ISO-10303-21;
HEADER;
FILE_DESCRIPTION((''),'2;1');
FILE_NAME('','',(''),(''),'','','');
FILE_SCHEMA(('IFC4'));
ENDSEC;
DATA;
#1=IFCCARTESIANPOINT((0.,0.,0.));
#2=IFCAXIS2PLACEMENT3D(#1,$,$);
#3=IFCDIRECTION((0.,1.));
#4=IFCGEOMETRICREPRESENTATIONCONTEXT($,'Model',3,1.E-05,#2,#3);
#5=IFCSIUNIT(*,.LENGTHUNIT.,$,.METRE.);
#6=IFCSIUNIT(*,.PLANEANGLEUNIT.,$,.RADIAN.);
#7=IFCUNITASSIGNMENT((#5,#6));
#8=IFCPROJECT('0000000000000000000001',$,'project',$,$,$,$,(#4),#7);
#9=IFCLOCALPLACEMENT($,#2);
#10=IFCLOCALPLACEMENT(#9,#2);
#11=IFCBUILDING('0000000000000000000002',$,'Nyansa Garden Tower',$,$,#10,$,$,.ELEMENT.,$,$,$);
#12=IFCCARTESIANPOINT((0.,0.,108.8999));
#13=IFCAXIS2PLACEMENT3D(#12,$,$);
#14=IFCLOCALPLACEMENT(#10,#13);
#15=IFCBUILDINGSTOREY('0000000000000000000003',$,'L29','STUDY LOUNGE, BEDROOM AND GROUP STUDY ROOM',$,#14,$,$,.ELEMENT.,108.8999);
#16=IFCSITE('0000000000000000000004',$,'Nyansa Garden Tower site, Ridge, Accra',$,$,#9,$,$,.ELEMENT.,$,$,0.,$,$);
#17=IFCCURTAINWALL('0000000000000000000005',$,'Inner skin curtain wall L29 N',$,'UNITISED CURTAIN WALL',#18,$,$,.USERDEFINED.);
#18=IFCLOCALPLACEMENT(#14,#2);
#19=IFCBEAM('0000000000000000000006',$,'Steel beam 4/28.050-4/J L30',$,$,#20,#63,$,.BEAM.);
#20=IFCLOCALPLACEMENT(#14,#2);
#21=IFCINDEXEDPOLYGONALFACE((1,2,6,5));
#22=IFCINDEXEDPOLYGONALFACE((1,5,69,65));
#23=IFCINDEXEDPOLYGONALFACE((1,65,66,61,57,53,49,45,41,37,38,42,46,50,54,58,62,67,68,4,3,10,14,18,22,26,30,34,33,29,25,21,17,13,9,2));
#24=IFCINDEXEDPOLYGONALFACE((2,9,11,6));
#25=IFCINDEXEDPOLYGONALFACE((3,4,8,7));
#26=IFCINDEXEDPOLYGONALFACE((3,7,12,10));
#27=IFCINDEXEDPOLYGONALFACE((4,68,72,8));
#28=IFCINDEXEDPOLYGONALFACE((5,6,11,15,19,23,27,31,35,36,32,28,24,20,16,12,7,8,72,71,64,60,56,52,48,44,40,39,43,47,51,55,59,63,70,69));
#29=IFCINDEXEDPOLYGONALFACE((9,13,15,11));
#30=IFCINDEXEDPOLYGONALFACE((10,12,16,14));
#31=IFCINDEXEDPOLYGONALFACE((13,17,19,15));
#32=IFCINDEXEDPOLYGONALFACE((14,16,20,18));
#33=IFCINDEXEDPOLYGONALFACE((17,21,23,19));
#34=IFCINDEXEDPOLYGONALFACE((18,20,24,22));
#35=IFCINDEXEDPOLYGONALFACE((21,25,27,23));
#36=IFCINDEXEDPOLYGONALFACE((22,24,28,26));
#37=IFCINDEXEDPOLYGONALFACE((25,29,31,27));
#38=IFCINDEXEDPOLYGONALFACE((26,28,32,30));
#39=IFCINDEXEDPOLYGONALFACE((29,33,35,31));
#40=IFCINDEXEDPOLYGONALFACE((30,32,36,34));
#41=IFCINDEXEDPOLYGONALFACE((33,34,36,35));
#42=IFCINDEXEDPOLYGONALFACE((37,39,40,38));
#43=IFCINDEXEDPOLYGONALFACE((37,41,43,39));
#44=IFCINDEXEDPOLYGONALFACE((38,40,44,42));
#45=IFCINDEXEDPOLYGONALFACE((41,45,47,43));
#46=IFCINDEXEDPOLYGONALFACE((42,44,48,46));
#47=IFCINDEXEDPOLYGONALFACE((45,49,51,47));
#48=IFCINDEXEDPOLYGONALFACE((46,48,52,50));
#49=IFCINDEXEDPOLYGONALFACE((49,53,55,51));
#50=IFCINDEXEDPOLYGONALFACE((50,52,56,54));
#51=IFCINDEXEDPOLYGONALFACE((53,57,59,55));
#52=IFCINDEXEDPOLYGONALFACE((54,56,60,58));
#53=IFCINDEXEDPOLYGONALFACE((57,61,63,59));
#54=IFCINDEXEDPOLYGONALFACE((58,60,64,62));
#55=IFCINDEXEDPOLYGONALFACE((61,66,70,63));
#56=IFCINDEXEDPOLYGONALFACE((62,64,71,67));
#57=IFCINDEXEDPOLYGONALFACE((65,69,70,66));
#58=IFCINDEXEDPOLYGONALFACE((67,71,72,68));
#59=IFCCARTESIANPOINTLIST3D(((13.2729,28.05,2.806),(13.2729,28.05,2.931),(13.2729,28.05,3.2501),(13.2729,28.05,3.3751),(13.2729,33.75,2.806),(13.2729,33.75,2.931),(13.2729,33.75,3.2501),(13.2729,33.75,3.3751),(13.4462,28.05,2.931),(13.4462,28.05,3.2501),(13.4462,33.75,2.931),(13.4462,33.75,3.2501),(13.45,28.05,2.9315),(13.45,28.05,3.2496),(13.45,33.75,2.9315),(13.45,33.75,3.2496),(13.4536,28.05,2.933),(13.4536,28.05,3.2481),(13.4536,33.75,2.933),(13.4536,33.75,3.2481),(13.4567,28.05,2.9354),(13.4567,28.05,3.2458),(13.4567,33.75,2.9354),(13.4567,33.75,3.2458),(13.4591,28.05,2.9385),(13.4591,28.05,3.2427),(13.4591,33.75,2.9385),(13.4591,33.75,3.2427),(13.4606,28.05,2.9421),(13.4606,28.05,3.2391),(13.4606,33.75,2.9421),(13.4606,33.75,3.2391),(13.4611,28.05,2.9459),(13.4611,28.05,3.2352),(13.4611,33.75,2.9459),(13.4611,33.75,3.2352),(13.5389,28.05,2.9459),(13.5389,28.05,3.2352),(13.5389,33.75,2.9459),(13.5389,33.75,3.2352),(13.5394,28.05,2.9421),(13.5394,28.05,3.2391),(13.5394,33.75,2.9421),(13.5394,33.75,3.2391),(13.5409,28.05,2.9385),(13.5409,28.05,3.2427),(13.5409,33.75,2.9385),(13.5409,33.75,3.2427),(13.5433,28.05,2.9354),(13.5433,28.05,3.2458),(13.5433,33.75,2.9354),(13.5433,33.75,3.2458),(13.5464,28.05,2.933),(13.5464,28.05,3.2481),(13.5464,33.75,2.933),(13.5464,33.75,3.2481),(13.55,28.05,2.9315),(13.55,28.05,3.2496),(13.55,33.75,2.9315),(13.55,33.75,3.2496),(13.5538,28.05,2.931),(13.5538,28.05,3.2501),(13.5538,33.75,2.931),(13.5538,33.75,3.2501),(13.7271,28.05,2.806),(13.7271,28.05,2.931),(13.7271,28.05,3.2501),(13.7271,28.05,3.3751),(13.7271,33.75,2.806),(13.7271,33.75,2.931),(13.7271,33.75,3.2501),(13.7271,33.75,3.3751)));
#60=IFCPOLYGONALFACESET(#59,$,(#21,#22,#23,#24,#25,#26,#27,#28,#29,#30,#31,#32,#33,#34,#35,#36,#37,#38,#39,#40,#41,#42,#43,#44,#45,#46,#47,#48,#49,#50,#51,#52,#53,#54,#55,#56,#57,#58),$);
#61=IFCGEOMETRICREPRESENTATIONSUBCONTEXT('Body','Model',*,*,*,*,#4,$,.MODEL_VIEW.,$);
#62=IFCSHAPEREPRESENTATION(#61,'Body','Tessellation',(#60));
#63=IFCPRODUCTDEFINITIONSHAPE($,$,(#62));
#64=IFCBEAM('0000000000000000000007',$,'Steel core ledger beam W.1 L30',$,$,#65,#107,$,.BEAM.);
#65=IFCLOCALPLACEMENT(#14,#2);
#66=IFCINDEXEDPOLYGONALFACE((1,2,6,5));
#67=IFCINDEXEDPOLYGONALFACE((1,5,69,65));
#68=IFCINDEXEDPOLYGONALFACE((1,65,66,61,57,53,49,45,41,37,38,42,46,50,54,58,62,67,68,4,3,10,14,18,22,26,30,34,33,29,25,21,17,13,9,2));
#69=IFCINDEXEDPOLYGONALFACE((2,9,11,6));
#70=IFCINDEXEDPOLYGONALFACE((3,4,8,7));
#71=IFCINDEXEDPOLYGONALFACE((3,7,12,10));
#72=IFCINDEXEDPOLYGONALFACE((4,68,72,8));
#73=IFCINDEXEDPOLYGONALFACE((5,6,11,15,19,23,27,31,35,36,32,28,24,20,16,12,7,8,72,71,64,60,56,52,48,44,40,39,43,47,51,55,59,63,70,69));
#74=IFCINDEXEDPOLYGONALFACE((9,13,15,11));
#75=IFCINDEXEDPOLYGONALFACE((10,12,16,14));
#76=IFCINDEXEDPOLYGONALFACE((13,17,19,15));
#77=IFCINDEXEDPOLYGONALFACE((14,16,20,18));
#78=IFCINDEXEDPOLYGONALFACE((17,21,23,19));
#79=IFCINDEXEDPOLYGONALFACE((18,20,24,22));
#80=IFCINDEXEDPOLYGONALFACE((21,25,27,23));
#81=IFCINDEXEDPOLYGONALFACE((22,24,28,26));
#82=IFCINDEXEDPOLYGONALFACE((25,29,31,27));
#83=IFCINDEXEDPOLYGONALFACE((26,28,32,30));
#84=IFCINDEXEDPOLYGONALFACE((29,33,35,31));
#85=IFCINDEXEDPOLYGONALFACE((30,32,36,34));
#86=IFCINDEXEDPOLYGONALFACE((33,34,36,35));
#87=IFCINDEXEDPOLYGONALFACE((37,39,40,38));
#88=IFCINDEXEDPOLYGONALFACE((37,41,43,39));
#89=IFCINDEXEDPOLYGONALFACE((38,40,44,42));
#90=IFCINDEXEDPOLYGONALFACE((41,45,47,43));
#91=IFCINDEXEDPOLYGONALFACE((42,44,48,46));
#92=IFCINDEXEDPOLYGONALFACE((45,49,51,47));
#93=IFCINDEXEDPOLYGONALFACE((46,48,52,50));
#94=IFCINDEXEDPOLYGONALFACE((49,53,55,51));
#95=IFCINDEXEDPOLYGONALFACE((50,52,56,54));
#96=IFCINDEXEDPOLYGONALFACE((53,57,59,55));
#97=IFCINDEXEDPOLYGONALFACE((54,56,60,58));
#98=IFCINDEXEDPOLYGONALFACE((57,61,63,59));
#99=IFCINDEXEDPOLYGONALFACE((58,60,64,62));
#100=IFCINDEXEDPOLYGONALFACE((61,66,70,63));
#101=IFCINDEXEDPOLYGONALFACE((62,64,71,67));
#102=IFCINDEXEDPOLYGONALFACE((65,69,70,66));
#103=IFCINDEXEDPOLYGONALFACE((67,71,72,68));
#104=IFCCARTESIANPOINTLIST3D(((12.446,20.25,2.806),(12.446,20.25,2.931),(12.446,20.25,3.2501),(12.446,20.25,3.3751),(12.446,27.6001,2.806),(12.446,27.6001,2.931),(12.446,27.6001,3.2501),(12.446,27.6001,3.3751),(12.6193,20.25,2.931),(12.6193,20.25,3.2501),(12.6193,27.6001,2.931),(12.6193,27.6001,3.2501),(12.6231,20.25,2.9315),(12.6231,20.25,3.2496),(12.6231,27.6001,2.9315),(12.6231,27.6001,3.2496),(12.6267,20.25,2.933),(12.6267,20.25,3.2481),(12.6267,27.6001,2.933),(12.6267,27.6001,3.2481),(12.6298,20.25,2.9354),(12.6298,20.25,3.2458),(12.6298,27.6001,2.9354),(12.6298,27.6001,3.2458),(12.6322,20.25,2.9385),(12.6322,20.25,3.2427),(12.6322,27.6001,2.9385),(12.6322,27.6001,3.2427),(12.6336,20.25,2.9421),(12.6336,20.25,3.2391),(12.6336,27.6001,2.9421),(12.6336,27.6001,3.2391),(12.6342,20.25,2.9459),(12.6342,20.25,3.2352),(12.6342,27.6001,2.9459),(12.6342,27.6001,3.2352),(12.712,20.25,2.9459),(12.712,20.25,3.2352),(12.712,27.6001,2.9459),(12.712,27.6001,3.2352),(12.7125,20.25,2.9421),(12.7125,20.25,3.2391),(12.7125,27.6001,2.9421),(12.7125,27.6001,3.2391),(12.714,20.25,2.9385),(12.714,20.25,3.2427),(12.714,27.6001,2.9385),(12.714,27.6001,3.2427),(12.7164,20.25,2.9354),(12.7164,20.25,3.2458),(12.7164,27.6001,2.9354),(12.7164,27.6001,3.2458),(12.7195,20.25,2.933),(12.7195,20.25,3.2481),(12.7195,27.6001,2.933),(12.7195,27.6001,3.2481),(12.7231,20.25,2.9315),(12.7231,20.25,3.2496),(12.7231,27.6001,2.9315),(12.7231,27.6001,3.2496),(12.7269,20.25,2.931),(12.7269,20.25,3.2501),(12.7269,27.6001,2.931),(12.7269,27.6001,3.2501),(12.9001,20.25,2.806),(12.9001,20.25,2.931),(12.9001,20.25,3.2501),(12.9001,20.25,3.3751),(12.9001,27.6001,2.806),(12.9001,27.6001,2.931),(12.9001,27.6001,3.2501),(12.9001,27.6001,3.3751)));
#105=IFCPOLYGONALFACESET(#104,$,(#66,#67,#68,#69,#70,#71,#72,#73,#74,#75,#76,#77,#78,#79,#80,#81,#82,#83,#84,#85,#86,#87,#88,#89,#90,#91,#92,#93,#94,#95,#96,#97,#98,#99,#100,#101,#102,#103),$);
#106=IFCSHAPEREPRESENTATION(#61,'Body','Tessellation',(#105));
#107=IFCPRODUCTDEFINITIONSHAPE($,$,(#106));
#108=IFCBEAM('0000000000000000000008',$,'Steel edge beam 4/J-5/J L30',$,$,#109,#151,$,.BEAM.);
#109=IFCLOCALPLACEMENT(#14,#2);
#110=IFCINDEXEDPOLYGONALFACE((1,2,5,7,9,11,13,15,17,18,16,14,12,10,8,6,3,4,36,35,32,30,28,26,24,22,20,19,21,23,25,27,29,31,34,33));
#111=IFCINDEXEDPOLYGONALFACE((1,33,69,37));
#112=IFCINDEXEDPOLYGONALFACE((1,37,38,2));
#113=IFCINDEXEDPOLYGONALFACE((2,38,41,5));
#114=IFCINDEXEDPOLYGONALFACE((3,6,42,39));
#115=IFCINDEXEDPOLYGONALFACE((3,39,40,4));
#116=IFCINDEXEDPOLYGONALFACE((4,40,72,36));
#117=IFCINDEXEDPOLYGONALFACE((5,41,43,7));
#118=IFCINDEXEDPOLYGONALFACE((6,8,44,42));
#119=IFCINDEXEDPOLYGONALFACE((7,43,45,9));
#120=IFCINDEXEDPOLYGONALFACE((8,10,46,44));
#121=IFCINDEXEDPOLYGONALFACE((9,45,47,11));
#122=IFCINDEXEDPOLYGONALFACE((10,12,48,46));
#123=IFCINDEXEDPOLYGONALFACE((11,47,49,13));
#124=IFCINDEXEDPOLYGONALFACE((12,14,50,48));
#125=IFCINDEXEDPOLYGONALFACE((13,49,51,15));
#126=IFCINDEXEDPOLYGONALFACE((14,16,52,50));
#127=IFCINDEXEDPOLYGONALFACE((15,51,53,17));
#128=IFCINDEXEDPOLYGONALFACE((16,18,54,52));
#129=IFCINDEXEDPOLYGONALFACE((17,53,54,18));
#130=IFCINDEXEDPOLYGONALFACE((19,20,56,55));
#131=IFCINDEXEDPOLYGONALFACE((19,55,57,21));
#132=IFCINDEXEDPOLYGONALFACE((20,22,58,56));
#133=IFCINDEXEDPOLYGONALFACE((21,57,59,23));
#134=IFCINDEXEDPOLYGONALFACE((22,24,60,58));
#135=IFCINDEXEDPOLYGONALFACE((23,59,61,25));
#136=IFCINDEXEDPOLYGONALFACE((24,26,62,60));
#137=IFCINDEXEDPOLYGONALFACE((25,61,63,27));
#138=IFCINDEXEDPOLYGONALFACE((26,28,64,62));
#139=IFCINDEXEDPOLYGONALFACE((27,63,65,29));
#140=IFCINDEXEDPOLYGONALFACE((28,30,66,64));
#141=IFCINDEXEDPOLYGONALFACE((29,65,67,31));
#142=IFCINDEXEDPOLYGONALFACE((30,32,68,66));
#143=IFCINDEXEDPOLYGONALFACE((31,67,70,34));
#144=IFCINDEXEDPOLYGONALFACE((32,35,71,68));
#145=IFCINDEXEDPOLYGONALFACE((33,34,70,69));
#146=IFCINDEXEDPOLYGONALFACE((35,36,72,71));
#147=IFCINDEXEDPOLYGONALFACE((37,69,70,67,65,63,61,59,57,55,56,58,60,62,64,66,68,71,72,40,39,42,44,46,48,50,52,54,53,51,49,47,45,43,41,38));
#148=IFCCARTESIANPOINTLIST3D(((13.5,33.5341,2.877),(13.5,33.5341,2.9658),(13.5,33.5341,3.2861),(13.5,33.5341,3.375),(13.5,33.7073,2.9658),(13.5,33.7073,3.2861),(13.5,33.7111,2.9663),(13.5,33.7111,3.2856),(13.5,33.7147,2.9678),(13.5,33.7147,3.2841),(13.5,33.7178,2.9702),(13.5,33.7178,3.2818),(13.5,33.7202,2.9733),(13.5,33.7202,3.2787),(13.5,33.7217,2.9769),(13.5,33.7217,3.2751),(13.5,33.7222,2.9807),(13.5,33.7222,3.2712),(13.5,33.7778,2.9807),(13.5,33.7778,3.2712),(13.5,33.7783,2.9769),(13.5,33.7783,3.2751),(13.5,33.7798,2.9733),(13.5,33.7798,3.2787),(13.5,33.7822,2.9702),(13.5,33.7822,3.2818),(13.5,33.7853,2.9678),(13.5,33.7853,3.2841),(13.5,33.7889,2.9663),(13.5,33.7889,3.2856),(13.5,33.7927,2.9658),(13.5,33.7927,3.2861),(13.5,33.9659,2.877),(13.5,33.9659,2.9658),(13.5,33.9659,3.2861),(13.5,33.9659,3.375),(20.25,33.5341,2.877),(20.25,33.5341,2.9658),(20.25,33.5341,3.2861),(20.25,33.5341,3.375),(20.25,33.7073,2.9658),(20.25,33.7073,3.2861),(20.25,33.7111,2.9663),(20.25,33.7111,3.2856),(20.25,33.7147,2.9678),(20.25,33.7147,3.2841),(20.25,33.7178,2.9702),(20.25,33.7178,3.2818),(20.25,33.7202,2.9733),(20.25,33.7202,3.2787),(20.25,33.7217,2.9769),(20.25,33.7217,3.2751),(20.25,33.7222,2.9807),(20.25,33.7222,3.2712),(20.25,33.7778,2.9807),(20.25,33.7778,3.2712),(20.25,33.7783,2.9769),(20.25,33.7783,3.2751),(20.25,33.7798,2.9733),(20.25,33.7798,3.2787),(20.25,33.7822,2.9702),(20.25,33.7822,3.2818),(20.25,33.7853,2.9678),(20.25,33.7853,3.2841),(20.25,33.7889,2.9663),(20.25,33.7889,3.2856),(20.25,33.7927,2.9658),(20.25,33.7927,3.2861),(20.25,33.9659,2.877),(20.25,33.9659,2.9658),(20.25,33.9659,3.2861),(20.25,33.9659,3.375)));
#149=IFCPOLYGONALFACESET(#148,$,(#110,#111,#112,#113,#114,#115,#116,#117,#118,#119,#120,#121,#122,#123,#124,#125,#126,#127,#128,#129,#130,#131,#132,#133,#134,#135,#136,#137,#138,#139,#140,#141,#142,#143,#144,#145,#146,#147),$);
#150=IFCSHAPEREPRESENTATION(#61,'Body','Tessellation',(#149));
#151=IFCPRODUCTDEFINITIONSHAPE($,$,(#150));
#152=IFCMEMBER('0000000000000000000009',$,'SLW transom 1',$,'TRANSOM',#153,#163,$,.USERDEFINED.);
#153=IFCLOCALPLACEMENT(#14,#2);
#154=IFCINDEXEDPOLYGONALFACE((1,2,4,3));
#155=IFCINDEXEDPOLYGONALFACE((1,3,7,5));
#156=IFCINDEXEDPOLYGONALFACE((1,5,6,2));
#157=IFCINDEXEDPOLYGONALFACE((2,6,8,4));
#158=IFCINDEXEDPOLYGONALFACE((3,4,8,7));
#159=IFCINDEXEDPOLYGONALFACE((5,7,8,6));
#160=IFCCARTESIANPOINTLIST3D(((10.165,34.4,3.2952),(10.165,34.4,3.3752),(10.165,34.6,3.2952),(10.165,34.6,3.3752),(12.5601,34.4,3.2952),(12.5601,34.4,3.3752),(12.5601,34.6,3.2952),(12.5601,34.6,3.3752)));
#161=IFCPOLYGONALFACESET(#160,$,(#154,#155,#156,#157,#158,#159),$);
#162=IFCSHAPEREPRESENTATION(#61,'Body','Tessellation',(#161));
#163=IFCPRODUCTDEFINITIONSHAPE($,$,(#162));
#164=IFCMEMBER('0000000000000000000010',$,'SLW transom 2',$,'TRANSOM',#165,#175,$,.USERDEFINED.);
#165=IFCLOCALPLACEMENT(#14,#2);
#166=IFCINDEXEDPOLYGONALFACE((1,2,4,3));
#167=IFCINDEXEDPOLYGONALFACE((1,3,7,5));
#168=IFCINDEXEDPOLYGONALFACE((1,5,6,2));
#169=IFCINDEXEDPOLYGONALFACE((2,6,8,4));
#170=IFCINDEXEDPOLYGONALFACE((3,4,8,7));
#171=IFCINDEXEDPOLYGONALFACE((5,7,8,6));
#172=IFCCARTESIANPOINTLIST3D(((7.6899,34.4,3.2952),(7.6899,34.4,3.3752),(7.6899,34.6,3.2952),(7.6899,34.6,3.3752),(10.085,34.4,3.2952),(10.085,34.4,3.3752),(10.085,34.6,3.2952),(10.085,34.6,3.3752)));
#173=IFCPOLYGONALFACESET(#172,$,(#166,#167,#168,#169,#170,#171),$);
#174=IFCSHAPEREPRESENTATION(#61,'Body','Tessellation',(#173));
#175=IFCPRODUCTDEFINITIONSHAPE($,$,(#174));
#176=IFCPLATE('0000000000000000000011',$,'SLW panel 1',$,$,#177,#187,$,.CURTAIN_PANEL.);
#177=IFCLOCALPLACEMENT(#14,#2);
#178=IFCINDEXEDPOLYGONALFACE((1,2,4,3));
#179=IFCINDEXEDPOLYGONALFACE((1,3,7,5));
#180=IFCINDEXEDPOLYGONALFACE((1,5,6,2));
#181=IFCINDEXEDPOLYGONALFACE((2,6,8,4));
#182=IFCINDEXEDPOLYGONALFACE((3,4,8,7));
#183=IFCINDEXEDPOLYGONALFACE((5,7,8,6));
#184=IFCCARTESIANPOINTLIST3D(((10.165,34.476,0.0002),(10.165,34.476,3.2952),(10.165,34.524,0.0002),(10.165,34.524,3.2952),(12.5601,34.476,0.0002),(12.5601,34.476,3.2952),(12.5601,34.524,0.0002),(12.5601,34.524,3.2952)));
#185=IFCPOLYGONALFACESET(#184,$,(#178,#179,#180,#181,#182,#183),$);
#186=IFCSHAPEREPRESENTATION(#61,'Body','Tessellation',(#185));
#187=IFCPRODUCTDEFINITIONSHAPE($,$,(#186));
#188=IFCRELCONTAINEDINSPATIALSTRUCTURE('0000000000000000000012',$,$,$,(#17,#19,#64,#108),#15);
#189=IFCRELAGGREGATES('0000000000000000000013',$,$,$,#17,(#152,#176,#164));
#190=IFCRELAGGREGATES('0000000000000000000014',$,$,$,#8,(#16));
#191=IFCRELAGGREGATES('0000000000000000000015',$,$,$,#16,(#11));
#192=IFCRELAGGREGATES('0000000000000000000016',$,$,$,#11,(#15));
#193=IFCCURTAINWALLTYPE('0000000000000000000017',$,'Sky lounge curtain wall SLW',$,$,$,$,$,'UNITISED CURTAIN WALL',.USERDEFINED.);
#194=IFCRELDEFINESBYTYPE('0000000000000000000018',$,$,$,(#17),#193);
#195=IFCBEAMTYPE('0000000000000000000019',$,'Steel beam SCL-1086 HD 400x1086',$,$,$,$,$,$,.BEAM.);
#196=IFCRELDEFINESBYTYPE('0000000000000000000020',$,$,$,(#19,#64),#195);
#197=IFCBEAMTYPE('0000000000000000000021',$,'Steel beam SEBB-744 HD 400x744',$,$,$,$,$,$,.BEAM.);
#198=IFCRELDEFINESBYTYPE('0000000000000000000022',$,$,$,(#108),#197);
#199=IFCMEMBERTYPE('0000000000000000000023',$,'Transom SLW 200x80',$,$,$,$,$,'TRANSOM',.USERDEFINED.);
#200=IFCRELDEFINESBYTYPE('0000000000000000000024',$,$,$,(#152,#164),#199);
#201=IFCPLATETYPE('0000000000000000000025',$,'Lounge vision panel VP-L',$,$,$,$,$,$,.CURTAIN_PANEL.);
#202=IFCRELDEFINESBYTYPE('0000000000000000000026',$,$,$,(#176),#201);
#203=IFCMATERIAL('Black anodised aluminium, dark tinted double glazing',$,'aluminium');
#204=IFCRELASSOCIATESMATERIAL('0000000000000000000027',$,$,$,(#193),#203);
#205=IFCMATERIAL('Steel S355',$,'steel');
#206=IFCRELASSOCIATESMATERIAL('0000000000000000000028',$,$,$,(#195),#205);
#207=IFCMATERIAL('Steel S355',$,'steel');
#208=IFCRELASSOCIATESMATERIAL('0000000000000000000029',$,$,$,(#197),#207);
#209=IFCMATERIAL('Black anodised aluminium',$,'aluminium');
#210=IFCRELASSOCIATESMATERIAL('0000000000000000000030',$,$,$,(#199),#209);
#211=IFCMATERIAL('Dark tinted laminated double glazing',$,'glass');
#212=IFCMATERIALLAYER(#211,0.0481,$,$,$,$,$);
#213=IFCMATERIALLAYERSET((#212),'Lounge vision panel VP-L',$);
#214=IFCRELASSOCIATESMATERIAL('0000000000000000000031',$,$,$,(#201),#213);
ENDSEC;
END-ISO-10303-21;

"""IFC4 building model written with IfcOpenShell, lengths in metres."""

from ifc_helpers import new_model, si_unit, direction, frame, origin, origin_2d, place, context, subcontext, project, spatial, rectangle, i_section, extrude, material, layer, layer_set, material_profile, profile_set, type_object, element, aggregate, save


model = new_model("IFC4")

# Units and contexts
model_context = context("Model", 3, precision=1e-05, world=origin(), true_north=direction((0.0, 1.0)))
body_context = subcontext(model_context, "Body", "Model", "MODEL_VIEW")
ifc_project = project(units=[si_unit("LENGTHUNIT", "METRE"), si_unit("PLANEANGLEUNIT", "RADIAN")], contexts=[model_context])

# Site, building, storey
site_placement = place(None, origin())
site = spatial("IfcSite", under=ifc_project, at=site_placement, Name="Nyansa Garden Tower site, Ridge, Accra", CompositionType="ELEMENT", RefElevation=0.0)
building_placement = place(site_placement, origin())
building = spatial("IfcBuilding", under=site, at=building_placement, Name="Nyansa Garden Tower", CompositionType="ELEMENT")
storey_placement = place(building_placement, frame((0.0, 0.0, 108.8999)))
storey = spatial("IfcBuildingStorey", under=building, at=storey_placement, Name="L29", Description="STUDY LOUNGE, BEDROOM AND GROUP STUDY ROOM", CompositionType="ELEMENT", Elevation=108.8999)

# Curtain wall
ifc_material_1 = material(Name="Black anodised aluminium, dark tinted double glazing", Category="aluminium")
curtain_wall_type = type_object("IfcCurtainWallType", Name="Sky lounge curtain wall SLW", ElementType="UNITISED CURTAIN WALL", PredefinedType="USERDEFINED", material=ifc_material_1)
curtain_wall_placement = place(storey_placement, origin())
curtain_wall = element("IfcCurtainWall", 1, at=curtain_wall_placement, inside=storey, type_object=curtain_wall_type, Name="Inner skin curtain wall L29 N", ObjectType="UNITISED CURTAIN WALL", PredefinedType="USERDEFINED")

# Beams
ifc_material_2 = material(Name="Steel S355", Category="steel")
ifc_material_profile_1 = material_profile(ifc_material_2, i_section(OverallWidth=0.4541, OverallDepth=0.5691, WebThickness=0.0779, FlangeThickness=0.125, FilletRadius=0.0149, at=origin_2d()), Name="HD 400x1086")
ifc_profile_set_1 = profile_set([ifc_material_profile_1], Name="Steel S355")
beam_type_1 = type_object("IfcBeamType", Name="Steel beam SCL-1086 HD 400x1086", PredefinedType="BEAM", material=ifc_profile_set_1)
beam_1_placement = place(storey_placement, frame((13.5, 28.05, 3.0906), z_axis=(0.0, 1.0, 0.0), x_axis=(-1.0, 0.0, 0.0)))
element("IfcBeam", 2, at=beam_1_placement, inside=storey, type_object=beam_type_1, Name="Steel beam 4/28.050-4/J L30", PredefinedType="BEAM", context=body_context, shape_type="SweptSolid", body=[
    extrude(i_section(OverallWidth=0.4541, OverallDepth=0.5691, WebThickness=0.0779, FlangeThickness=0.125, FilletRadius=0.0149, at=origin_2d()), origin(), (0.0, 0.0, 1.0), 5.7),
])
beam_2_placement = place(storey_placement, frame((12.6731, 27.6001, 3.0906), z_axis=(0.0, -1.0, 0.0), x_axis=(1.0, 0.0, 0.0)))
element("IfcBeam", 3, at=beam_2_placement, inside=storey, type_object=beam_type_1, Name="Steel core ledger beam W.1 L30", PredefinedType="BEAM", context=body_context, shape_type="SweptSolid", body=[
    extrude(i_section(OverallWidth=0.4541, OverallDepth=0.5691, WebThickness=0.0779, FlangeThickness=0.125, FilletRadius=0.0149, at=origin_2d()), origin(), (0.0, 0.0, 1.0), 7.3501),
])
ifc_material_3 = material(Name="Steel S355", Category="steel")
ifc_material_profile_2 = material_profile(ifc_material_3, i_section(OverallWidth=0.4319, OverallDepth=0.498, WebThickness=0.0557, FlangeThickness=0.0889, FilletRadius=0.0149, at=origin_2d()), Name="HD 400x744")
ifc_profile_set_2 = profile_set([ifc_material_profile_2], Name="Steel S355")
beam_type_2 = type_object("IfcBeamType", Name="Steel beam SEBB-744 HD 400x744", PredefinedType="BEAM", material=ifc_profile_set_2)
beam_3_placement = place(storey_placement, frame((13.5, 33.75, 3.126), z_axis=(1.0, 0.0, 0.0), x_axis=(0.0, 1.0, 0.0)))
element("IfcBeam", 4, at=beam_3_placement, inside=storey, type_object=beam_type_2, Name="Steel edge beam 4/J-5/J L30", PredefinedType="BEAM", context=body_context, shape_type="SweptSolid", body=[
    extrude(i_section(OverallWidth=0.4319, OverallDepth=0.498, WebThickness=0.0557, FlangeThickness=0.0889, FilletRadius=0.0149, at=origin_2d()), origin(), (0.0, 0.0, 1.0), 6.75),
])

# Members
ifc_material_4 = material(Name="Black anodised aluminium", Category="aluminium")
ifc_material_profile_3 = material_profile(ifc_material_4, rectangle(XDim=0.2, YDim=0.0801, at=origin_2d()), Name="Transom 200x80")
ifc_profile_set_3 = profile_set([ifc_material_profile_3], Name="Black anodised aluminium")
member_type_1 = type_object("IfcMemberType", Name="Transom SLW 200x80", ElementType="TRANSOM", PredefinedType="USERDEFINED", material=ifc_profile_set_3)
member_1_placement = place(storey_placement, frame((12.5601, 34.5, 3.3352), z_axis=(-1.0, 0.0, 0.0), x_axis=(0.0, -1.0, 0.0)))
member_1 = element("IfcMember", 5, at=member_1_placement, type_object=member_type_1, Name="SLW transom 1", ObjectType="TRANSOM", PredefinedType="USERDEFINED", context=body_context, shape_type="SweptSolid", body=[
    extrude(rectangle(XDim=0.2, YDim=0.0801, at=origin_2d()), origin(), (0.0, 0.0, 1.0), 2.395),
])
member_2_placement = place(storey_placement, frame((10.085, 34.5, 3.3352), z_axis=(-1.0, 0.0, 0.0), x_axis=(0.0, -1.0, 0.0)))
member_2 = element("IfcMember", 6, at=member_2_placement, type_object=member_type_1, Name="SLW transom 2", ObjectType="TRANSOM", PredefinedType="USERDEFINED", context=body_context, shape_type="SweptSolid", body=[
    extrude(rectangle(XDim=0.2, YDim=0.0801, at=origin_2d()), origin(), (0.0, 0.0, 1.0), 2.395),
])

# Plate
ifc_material_5 = material(Name="Dark tinted laminated double glazing", Category="glass")
ifc_layer_1 = layer(ifc_material_5, 0.0481)
ifc_layer_set_1 = layer_set([ifc_layer_1], Name="Lounge vision panel VP-L")
plate_type = type_object("IfcPlateType", Name="Lounge vision panel VP-L", PredefinedType="CURTAIN_PANEL", material=ifc_layer_set_1)
plate_1_placement = place(storey_placement, frame((11.3625, 34.5, 0.0002), z_axis=(0.0, 0.0, 1.0), x_axis=(-1.0, 0.0, 0.0)))
plate_1 = element("IfcPlate", 7, at=plate_1_placement, type_object=plate_type, Name="SLW panel 1", PredefinedType="CURTAIN_PANEL", context=body_context, shape_type="SweptSolid", body=[
    extrude(rectangle(XDim=2.395, YDim=0.0481, at=origin_2d()), origin(), (0.0, 0.0, 1.0), 3.2949),
])
aggregate(curtain_wall, [member_1, plate_1, member_2])

save(model, "model.ifc")
